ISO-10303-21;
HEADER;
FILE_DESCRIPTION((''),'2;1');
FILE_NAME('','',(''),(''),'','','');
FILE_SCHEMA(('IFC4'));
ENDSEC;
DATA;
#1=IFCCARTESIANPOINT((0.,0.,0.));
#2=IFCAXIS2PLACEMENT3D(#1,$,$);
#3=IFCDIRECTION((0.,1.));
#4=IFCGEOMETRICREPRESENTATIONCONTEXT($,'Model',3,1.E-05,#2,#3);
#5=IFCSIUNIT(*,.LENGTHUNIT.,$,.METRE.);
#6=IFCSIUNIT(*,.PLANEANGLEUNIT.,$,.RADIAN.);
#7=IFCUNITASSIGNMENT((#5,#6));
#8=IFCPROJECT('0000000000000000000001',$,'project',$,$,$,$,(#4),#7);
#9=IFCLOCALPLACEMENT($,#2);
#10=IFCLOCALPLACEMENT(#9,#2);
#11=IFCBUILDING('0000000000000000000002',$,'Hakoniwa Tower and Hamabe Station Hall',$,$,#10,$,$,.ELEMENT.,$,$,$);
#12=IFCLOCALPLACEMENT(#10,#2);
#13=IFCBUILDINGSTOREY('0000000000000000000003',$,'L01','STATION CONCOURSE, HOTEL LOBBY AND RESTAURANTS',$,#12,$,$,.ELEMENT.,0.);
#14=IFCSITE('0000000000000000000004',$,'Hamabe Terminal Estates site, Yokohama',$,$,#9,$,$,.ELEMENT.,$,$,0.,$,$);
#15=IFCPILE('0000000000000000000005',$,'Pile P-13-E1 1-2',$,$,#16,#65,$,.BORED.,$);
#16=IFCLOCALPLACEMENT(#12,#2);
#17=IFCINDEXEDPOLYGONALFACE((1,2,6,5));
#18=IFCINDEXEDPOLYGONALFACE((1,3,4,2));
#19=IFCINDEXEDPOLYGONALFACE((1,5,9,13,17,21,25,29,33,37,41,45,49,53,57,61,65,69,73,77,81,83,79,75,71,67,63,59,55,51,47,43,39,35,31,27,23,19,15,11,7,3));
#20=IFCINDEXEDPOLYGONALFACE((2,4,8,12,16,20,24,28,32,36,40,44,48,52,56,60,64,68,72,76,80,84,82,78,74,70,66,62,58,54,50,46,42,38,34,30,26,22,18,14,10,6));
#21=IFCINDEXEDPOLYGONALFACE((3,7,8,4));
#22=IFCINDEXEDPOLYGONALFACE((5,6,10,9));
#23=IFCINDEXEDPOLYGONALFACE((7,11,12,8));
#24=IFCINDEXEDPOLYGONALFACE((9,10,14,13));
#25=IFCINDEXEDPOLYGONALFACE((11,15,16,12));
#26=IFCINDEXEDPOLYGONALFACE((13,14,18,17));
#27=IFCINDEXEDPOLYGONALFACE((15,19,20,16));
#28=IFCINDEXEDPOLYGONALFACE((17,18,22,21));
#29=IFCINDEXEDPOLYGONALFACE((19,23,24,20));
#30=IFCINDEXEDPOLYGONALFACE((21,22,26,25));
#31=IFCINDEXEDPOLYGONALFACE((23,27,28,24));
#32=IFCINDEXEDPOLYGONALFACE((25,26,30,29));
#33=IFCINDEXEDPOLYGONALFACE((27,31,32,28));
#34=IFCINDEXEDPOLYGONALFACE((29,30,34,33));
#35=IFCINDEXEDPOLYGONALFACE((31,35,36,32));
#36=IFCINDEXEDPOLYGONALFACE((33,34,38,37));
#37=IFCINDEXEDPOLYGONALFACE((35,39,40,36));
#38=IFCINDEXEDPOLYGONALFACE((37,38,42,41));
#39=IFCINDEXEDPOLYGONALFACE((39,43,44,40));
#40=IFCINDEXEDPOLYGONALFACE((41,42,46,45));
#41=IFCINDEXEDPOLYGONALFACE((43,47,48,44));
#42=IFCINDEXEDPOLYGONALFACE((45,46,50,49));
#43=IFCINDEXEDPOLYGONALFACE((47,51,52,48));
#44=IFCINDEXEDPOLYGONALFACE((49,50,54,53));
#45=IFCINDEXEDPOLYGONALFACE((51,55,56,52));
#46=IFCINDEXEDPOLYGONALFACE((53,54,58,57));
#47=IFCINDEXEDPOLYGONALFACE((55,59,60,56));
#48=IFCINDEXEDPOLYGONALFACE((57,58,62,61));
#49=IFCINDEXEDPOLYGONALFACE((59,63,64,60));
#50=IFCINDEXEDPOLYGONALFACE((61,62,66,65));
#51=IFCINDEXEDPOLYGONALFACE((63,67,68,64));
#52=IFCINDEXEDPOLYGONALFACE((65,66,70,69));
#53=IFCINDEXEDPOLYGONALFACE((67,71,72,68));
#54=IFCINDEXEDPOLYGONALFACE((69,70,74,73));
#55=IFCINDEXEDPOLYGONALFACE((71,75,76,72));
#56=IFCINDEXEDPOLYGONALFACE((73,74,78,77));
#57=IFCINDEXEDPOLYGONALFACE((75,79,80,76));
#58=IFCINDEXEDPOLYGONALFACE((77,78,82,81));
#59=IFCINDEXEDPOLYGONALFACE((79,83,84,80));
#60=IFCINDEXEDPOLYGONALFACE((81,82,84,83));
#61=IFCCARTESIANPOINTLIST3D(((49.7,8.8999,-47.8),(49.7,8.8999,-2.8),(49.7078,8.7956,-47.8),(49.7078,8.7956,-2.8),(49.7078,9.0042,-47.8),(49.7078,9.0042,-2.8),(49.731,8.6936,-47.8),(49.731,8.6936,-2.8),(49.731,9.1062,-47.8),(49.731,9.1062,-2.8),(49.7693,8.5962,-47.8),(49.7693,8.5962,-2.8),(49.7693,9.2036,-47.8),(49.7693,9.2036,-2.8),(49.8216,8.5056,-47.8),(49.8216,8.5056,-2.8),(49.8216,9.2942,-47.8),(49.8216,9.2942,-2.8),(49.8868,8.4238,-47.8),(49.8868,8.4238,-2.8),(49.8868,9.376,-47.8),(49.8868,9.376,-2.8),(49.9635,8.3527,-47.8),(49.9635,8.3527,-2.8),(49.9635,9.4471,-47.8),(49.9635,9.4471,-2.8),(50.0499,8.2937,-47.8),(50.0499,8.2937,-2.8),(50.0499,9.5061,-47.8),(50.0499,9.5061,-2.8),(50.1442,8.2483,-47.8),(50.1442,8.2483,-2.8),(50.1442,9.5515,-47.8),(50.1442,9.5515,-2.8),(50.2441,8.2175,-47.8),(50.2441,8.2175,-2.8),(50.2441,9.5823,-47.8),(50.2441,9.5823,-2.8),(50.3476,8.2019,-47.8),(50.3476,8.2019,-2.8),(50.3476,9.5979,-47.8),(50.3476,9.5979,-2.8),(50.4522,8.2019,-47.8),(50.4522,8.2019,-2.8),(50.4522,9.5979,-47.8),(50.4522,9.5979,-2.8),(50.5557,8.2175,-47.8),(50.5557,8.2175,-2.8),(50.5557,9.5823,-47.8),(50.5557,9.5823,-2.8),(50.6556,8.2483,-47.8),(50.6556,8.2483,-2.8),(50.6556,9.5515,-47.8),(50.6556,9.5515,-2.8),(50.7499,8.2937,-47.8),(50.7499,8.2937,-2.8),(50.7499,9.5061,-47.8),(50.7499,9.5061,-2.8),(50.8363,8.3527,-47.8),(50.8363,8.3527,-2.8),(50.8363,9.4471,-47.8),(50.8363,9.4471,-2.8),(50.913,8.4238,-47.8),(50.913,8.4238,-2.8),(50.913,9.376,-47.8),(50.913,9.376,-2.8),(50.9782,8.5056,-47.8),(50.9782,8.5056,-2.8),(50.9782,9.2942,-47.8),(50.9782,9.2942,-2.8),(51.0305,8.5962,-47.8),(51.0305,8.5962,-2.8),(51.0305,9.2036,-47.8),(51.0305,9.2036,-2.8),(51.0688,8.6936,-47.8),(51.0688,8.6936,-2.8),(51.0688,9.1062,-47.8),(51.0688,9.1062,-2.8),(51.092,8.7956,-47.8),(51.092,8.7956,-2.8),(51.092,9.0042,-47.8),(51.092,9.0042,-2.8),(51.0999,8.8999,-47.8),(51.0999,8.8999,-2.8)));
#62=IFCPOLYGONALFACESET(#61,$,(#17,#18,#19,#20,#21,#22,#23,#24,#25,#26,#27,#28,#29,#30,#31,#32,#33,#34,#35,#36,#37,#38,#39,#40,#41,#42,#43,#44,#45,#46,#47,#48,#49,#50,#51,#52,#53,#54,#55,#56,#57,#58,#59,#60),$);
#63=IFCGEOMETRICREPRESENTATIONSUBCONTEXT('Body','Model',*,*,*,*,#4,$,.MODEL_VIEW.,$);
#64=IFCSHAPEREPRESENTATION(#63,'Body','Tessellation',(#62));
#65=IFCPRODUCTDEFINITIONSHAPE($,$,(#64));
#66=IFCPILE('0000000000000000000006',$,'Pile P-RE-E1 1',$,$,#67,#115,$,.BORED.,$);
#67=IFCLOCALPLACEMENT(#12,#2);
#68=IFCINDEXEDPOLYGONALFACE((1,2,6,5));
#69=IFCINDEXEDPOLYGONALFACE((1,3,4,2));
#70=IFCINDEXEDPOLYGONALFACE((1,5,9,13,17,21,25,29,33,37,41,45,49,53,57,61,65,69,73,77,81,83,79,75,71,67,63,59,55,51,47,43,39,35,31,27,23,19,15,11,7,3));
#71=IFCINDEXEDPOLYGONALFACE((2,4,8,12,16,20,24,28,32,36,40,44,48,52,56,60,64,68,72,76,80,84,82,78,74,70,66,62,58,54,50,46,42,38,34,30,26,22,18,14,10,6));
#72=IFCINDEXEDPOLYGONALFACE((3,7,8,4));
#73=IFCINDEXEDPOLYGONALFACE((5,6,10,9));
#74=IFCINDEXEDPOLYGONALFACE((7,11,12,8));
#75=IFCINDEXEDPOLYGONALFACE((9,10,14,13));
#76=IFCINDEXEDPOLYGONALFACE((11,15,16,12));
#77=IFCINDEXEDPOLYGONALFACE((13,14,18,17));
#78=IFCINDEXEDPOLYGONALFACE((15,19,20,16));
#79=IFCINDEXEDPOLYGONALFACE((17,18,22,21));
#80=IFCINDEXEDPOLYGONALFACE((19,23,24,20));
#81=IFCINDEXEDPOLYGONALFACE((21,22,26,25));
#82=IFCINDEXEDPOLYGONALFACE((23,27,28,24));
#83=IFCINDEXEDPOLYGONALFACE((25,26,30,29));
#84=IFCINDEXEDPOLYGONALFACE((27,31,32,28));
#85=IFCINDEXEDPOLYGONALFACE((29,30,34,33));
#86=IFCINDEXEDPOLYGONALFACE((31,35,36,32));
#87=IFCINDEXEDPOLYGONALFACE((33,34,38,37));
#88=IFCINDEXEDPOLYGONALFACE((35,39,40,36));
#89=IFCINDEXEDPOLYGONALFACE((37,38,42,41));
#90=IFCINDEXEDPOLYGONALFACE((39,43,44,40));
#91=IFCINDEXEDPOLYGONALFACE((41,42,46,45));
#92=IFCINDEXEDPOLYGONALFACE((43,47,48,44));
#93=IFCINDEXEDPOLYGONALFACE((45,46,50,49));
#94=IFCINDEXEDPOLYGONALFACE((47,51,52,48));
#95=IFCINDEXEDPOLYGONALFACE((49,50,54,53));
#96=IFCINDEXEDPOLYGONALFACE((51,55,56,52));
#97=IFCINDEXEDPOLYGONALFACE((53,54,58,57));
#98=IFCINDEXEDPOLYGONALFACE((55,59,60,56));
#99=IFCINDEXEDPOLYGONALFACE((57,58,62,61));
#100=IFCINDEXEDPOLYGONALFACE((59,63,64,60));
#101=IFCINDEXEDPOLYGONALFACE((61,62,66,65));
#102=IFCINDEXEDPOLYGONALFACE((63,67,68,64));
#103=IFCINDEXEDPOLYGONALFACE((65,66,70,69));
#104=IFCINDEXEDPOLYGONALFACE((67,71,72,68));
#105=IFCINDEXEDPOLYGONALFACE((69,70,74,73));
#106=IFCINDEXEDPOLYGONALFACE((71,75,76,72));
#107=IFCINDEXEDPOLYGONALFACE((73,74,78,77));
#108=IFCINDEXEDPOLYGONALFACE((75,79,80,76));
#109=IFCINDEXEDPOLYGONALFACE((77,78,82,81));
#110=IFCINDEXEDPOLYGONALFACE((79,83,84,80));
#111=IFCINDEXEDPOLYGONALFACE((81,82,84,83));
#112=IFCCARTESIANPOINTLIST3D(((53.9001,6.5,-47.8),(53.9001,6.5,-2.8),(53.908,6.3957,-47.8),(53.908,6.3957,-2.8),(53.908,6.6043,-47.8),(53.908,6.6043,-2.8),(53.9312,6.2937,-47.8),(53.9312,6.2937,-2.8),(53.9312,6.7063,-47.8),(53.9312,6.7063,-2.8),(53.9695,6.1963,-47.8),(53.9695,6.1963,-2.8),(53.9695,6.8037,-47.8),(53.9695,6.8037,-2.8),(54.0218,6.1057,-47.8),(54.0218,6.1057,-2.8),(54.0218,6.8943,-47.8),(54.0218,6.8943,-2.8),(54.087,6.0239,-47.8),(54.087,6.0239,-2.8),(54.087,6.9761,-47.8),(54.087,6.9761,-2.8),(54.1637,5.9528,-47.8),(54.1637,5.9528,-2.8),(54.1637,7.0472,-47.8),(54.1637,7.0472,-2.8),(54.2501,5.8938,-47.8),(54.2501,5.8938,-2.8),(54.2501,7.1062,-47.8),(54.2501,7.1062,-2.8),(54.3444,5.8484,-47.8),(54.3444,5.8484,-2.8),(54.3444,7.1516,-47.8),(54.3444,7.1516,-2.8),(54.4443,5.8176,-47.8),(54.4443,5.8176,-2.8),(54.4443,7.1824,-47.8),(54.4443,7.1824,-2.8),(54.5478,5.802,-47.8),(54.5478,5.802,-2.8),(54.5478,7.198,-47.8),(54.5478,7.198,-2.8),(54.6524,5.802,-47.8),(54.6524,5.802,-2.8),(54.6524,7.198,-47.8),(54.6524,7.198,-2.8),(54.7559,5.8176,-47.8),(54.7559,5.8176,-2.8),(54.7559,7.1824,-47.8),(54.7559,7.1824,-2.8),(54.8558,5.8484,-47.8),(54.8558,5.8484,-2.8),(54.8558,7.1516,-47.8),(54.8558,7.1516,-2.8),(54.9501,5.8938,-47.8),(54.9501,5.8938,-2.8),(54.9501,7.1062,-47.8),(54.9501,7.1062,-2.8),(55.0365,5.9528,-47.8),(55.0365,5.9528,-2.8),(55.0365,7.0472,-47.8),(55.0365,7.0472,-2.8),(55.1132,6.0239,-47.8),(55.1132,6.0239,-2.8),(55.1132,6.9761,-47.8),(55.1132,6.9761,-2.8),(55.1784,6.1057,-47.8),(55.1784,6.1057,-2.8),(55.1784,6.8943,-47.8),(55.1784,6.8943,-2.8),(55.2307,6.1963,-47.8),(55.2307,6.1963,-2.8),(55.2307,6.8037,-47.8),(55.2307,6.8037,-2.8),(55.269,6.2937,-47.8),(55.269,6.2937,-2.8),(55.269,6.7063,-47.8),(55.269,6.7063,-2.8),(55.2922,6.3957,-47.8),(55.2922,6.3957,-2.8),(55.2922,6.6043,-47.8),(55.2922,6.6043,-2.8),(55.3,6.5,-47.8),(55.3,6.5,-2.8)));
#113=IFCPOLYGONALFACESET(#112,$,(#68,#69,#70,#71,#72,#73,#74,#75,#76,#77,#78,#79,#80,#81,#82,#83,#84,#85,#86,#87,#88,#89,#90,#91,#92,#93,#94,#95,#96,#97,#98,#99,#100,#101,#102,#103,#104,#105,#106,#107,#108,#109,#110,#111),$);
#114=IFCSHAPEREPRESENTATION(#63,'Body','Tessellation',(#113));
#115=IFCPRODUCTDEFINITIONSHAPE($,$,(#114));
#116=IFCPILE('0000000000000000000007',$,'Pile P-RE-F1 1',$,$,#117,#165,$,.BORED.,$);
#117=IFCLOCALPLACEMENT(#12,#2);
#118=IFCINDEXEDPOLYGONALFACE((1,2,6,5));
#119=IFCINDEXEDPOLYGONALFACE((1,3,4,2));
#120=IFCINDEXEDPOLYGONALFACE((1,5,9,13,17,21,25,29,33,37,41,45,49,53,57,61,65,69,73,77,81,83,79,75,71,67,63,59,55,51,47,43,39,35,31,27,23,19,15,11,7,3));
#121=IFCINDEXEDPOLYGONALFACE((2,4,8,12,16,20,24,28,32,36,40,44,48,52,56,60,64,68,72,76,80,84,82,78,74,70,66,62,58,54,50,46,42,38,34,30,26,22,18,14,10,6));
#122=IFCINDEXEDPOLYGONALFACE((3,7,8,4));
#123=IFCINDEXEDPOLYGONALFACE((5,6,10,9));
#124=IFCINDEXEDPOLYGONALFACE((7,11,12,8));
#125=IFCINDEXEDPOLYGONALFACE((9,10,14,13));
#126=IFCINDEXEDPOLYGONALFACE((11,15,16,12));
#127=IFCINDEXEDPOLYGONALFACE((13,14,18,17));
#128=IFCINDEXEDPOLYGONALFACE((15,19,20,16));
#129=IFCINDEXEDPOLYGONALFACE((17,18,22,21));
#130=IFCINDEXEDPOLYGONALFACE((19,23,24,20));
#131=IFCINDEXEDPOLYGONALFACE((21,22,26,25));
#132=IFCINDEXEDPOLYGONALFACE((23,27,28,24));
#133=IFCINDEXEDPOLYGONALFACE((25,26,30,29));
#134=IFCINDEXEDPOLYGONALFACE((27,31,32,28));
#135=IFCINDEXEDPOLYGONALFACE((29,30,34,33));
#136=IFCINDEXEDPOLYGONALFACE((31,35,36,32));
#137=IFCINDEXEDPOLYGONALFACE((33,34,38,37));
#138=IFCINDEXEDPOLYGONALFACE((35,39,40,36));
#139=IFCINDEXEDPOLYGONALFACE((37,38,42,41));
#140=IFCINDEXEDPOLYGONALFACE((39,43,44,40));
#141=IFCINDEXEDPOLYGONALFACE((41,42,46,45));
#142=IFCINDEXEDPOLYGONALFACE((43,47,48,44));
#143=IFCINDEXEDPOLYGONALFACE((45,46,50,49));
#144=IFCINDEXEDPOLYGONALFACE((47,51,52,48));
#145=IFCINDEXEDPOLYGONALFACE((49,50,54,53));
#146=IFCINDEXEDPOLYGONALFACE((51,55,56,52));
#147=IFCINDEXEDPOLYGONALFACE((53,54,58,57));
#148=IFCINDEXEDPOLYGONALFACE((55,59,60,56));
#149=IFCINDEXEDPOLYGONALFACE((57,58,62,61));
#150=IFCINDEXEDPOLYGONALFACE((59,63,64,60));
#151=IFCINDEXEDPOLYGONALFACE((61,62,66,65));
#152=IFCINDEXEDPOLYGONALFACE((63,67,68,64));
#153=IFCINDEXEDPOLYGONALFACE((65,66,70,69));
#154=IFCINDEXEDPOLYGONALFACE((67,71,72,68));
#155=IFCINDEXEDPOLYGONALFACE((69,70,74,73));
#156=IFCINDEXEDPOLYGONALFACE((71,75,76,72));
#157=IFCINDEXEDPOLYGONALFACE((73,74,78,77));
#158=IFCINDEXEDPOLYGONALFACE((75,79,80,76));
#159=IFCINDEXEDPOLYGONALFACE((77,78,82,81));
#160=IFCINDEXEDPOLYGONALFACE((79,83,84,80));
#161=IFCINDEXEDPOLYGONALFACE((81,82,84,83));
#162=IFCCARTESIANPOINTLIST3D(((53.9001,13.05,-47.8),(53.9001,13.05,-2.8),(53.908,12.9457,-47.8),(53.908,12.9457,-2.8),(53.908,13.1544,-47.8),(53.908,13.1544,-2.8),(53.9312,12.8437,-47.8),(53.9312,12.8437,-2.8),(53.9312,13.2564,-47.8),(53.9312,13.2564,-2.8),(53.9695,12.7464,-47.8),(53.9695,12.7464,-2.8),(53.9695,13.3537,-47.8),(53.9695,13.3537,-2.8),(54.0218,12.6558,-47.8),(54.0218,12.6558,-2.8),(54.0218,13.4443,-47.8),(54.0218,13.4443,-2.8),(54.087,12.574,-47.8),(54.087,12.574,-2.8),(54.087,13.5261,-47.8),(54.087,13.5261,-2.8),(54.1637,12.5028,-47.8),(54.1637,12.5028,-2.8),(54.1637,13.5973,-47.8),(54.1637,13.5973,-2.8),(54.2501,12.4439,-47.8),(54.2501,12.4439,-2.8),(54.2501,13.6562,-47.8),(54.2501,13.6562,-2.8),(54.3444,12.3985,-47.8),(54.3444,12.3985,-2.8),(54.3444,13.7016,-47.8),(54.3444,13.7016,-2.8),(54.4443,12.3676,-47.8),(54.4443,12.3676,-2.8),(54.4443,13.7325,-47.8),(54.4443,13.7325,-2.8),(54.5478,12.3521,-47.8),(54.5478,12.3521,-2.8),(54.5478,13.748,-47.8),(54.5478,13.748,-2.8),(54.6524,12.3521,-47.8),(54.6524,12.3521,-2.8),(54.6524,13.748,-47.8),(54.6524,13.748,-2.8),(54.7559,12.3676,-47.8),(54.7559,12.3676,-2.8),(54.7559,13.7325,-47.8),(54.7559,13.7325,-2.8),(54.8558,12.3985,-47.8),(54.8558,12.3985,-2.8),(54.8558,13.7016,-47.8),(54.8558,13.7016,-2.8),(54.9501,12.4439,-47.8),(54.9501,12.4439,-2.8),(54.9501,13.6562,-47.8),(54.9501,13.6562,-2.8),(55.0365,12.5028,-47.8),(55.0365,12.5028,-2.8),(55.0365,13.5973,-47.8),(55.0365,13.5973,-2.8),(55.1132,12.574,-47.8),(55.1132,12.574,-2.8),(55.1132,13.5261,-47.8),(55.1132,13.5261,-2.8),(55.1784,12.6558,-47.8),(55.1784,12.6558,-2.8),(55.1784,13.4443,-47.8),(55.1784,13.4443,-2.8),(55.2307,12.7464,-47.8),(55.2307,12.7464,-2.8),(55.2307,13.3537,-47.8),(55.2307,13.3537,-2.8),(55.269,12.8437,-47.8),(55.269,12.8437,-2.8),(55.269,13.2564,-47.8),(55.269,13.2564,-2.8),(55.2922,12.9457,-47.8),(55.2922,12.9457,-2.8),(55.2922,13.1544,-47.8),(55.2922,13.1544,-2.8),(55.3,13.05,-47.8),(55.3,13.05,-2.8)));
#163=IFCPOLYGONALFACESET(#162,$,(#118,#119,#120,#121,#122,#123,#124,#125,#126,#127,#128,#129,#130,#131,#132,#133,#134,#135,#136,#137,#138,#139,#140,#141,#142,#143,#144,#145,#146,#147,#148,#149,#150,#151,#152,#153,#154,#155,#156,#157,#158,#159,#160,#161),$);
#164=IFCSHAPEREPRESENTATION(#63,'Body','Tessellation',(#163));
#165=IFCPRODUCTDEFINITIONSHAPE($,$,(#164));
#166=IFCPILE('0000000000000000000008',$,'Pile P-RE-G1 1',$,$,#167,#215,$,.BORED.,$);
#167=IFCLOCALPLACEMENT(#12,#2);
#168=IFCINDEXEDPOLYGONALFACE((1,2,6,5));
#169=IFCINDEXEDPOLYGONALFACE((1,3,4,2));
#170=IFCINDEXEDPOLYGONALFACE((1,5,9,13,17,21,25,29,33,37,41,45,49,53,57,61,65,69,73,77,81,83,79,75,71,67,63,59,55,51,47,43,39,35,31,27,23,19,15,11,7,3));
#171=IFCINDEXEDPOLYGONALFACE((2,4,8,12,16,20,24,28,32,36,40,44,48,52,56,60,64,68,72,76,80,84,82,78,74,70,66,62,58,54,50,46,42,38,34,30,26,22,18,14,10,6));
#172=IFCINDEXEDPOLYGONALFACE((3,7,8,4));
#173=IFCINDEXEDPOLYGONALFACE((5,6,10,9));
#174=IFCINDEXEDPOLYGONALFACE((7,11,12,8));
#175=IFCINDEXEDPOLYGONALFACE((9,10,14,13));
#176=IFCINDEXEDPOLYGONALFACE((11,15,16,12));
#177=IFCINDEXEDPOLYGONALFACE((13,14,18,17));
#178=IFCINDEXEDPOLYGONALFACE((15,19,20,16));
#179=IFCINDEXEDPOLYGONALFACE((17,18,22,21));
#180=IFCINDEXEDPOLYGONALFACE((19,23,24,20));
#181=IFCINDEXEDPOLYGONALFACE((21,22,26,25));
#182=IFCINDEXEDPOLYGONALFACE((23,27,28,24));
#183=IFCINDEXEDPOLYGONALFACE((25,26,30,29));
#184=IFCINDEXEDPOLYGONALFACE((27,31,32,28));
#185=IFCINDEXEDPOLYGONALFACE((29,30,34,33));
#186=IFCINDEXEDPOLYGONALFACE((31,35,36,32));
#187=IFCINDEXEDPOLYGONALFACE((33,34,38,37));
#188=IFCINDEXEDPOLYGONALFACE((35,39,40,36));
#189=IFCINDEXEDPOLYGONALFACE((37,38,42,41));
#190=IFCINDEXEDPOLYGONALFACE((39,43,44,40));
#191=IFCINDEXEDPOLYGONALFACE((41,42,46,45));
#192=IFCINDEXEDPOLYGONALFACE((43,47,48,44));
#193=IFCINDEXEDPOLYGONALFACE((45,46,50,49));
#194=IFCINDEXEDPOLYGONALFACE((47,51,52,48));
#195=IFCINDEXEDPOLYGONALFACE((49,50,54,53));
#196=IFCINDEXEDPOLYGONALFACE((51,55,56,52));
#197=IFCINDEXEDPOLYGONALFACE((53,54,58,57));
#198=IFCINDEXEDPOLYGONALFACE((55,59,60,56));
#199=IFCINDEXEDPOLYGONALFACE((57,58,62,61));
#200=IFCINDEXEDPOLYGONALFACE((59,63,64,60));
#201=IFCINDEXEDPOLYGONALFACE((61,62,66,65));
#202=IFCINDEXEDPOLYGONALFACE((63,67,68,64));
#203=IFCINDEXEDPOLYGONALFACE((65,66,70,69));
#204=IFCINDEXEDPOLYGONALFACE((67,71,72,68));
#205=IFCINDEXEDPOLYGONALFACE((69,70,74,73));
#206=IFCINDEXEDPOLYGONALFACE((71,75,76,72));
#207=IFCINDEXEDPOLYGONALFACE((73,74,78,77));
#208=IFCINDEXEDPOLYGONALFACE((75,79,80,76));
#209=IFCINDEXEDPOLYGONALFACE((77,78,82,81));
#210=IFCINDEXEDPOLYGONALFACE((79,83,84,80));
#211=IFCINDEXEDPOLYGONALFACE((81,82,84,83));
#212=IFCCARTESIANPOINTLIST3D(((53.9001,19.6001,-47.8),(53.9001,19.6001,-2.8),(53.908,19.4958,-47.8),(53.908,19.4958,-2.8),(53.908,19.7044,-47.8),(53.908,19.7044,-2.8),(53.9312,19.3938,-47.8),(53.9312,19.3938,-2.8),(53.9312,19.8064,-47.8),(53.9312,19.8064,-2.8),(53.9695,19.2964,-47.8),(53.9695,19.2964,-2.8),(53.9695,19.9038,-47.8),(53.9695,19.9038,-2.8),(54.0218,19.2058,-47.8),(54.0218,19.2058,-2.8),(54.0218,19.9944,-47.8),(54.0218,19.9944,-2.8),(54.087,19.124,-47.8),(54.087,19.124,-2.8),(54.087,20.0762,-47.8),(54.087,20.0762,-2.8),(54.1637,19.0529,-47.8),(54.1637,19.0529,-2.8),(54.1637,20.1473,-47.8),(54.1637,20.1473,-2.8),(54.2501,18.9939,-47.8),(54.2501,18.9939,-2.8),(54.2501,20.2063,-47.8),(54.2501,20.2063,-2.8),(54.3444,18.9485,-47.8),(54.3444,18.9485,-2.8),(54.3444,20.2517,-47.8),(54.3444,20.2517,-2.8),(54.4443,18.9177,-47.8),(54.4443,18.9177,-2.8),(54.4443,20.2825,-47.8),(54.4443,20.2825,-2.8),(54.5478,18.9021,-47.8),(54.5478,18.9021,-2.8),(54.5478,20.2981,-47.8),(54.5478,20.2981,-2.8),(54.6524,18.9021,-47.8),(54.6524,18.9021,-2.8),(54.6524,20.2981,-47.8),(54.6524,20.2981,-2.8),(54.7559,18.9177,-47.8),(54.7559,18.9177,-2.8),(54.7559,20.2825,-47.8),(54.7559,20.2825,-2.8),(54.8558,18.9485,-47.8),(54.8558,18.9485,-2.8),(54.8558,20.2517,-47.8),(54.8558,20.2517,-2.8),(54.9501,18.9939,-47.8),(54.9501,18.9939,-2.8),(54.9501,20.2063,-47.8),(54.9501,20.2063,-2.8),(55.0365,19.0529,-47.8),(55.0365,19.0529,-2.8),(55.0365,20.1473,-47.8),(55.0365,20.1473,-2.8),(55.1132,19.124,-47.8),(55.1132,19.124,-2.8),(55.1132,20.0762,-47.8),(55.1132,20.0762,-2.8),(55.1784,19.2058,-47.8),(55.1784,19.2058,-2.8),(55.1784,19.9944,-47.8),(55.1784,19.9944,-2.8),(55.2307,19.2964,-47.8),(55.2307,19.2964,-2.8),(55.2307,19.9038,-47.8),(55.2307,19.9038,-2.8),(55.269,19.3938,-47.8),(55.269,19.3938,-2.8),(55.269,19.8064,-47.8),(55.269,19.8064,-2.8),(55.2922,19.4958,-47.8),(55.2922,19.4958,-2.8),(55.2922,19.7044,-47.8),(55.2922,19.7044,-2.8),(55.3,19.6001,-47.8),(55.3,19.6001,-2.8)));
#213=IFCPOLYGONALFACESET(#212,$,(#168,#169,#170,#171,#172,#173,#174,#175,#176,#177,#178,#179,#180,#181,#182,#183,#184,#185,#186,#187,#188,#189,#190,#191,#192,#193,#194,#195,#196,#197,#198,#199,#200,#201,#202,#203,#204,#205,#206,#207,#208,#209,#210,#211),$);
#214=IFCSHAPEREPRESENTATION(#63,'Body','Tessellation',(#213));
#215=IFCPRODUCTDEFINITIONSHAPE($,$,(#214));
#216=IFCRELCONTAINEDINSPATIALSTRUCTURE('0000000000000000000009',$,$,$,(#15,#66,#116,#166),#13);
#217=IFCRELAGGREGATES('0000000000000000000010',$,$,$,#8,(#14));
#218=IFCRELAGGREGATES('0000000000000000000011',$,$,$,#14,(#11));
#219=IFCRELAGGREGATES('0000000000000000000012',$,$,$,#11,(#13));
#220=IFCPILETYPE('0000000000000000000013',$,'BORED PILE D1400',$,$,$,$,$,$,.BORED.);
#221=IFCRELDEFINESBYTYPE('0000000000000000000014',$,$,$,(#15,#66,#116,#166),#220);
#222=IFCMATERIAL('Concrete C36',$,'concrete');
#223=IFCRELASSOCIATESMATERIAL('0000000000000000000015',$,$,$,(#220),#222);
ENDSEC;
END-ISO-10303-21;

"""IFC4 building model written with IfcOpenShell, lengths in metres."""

from ifc_helpers import new_model, si_unit, direction, frame, origin, origin_2d, place, context, subcontext, project, spatial, circle, extrude, material, material_profile, profile_set, type_object, element, save


model = new_model("IFC4")

# Units and contexts
model_context = context("Model", 3, precision=1e-05, world=origin(), true_north=direction((0.0, 1.0)))
body_context = subcontext(model_context, "Body", "Model", "MODEL_VIEW")
ifc_project = project(units=[si_unit("LENGTHUNIT", "METRE"), si_unit("PLANEANGLEUNIT", "RADIAN")], contexts=[model_context])

# Site, building, storey
site_placement = place(None, origin())
site = spatial("IfcSite", under=ifc_project, at=site_placement, Name="Hamabe Terminal Estates site, Yokohama", CompositionType="ELEMENT", RefElevation=0.0)
building_placement = place(site_placement, origin())
building = spatial("IfcBuilding", under=site, at=building_placement, Name="Hakoniwa Tower and Hamabe Station Hall", CompositionType="ELEMENT")
storey_placement = place(building_placement, origin())
storey = spatial("IfcBuildingStorey", under=building, at=storey_placement, Name="L01", Description="STATION CONCOURSE, HOTEL LOBBY AND RESTAURANTS", CompositionType="ELEMENT", Elevation=0.0)

# Piles
ifc_material_1 = material(Name="Concrete C36", Category="concrete")
ifc_material_profile_1 = material_profile(ifc_material_1, circle(Radius=0.7, at=origin_2d()), Name="BORED PILE D1400")
ifc_profile_set_1 = profile_set([ifc_material_profile_1], Name="Concrete C36")
pile_type_1 = type_object("IfcPileType", Name="BORED PILE D1400", PredefinedType="BORED", material=ifc_profile_set_1)
for number, where, z_axis, x_axis, name in (
    (1, (50.3999, 8.8999, -2.8), (0.0, 0.0, -1.0), (1.0, 0.0, 0.0), "Pile P-13-E1 1-2"),
    (2, (54.6001, 6.5, -2.8), (0.0, 0.0, -1.0), (1.0, 0.0, 0.0), "Pile P-RE-E1 1"),
    (3, (54.6001, 13.05, -2.8), (0.0, 0.0, -1.0), (1.0, 0.0, 0.0), "Pile P-RE-F1 1"),
    (4, (54.6001, 19.6001, -2.8), (0.0, 0.0, -1.0), (1.0, 0.0, 0.0), "Pile P-RE-G1 1"),
):
    element("IfcPile", number, at=place(storey_placement, frame(where, z_axis=z_axis, x_axis=x_axis)), inside=storey, type_object=pile_type_1, Name=name, PredefinedType="BORED", context=body_context, shape_type="SweptSolid", body=[
        extrude(circle(Radius=0.7, at=origin_2d()), origin(), (0.0, 0.0, 1.0), 45.0),
    ])

save(model, "model.ifc")
